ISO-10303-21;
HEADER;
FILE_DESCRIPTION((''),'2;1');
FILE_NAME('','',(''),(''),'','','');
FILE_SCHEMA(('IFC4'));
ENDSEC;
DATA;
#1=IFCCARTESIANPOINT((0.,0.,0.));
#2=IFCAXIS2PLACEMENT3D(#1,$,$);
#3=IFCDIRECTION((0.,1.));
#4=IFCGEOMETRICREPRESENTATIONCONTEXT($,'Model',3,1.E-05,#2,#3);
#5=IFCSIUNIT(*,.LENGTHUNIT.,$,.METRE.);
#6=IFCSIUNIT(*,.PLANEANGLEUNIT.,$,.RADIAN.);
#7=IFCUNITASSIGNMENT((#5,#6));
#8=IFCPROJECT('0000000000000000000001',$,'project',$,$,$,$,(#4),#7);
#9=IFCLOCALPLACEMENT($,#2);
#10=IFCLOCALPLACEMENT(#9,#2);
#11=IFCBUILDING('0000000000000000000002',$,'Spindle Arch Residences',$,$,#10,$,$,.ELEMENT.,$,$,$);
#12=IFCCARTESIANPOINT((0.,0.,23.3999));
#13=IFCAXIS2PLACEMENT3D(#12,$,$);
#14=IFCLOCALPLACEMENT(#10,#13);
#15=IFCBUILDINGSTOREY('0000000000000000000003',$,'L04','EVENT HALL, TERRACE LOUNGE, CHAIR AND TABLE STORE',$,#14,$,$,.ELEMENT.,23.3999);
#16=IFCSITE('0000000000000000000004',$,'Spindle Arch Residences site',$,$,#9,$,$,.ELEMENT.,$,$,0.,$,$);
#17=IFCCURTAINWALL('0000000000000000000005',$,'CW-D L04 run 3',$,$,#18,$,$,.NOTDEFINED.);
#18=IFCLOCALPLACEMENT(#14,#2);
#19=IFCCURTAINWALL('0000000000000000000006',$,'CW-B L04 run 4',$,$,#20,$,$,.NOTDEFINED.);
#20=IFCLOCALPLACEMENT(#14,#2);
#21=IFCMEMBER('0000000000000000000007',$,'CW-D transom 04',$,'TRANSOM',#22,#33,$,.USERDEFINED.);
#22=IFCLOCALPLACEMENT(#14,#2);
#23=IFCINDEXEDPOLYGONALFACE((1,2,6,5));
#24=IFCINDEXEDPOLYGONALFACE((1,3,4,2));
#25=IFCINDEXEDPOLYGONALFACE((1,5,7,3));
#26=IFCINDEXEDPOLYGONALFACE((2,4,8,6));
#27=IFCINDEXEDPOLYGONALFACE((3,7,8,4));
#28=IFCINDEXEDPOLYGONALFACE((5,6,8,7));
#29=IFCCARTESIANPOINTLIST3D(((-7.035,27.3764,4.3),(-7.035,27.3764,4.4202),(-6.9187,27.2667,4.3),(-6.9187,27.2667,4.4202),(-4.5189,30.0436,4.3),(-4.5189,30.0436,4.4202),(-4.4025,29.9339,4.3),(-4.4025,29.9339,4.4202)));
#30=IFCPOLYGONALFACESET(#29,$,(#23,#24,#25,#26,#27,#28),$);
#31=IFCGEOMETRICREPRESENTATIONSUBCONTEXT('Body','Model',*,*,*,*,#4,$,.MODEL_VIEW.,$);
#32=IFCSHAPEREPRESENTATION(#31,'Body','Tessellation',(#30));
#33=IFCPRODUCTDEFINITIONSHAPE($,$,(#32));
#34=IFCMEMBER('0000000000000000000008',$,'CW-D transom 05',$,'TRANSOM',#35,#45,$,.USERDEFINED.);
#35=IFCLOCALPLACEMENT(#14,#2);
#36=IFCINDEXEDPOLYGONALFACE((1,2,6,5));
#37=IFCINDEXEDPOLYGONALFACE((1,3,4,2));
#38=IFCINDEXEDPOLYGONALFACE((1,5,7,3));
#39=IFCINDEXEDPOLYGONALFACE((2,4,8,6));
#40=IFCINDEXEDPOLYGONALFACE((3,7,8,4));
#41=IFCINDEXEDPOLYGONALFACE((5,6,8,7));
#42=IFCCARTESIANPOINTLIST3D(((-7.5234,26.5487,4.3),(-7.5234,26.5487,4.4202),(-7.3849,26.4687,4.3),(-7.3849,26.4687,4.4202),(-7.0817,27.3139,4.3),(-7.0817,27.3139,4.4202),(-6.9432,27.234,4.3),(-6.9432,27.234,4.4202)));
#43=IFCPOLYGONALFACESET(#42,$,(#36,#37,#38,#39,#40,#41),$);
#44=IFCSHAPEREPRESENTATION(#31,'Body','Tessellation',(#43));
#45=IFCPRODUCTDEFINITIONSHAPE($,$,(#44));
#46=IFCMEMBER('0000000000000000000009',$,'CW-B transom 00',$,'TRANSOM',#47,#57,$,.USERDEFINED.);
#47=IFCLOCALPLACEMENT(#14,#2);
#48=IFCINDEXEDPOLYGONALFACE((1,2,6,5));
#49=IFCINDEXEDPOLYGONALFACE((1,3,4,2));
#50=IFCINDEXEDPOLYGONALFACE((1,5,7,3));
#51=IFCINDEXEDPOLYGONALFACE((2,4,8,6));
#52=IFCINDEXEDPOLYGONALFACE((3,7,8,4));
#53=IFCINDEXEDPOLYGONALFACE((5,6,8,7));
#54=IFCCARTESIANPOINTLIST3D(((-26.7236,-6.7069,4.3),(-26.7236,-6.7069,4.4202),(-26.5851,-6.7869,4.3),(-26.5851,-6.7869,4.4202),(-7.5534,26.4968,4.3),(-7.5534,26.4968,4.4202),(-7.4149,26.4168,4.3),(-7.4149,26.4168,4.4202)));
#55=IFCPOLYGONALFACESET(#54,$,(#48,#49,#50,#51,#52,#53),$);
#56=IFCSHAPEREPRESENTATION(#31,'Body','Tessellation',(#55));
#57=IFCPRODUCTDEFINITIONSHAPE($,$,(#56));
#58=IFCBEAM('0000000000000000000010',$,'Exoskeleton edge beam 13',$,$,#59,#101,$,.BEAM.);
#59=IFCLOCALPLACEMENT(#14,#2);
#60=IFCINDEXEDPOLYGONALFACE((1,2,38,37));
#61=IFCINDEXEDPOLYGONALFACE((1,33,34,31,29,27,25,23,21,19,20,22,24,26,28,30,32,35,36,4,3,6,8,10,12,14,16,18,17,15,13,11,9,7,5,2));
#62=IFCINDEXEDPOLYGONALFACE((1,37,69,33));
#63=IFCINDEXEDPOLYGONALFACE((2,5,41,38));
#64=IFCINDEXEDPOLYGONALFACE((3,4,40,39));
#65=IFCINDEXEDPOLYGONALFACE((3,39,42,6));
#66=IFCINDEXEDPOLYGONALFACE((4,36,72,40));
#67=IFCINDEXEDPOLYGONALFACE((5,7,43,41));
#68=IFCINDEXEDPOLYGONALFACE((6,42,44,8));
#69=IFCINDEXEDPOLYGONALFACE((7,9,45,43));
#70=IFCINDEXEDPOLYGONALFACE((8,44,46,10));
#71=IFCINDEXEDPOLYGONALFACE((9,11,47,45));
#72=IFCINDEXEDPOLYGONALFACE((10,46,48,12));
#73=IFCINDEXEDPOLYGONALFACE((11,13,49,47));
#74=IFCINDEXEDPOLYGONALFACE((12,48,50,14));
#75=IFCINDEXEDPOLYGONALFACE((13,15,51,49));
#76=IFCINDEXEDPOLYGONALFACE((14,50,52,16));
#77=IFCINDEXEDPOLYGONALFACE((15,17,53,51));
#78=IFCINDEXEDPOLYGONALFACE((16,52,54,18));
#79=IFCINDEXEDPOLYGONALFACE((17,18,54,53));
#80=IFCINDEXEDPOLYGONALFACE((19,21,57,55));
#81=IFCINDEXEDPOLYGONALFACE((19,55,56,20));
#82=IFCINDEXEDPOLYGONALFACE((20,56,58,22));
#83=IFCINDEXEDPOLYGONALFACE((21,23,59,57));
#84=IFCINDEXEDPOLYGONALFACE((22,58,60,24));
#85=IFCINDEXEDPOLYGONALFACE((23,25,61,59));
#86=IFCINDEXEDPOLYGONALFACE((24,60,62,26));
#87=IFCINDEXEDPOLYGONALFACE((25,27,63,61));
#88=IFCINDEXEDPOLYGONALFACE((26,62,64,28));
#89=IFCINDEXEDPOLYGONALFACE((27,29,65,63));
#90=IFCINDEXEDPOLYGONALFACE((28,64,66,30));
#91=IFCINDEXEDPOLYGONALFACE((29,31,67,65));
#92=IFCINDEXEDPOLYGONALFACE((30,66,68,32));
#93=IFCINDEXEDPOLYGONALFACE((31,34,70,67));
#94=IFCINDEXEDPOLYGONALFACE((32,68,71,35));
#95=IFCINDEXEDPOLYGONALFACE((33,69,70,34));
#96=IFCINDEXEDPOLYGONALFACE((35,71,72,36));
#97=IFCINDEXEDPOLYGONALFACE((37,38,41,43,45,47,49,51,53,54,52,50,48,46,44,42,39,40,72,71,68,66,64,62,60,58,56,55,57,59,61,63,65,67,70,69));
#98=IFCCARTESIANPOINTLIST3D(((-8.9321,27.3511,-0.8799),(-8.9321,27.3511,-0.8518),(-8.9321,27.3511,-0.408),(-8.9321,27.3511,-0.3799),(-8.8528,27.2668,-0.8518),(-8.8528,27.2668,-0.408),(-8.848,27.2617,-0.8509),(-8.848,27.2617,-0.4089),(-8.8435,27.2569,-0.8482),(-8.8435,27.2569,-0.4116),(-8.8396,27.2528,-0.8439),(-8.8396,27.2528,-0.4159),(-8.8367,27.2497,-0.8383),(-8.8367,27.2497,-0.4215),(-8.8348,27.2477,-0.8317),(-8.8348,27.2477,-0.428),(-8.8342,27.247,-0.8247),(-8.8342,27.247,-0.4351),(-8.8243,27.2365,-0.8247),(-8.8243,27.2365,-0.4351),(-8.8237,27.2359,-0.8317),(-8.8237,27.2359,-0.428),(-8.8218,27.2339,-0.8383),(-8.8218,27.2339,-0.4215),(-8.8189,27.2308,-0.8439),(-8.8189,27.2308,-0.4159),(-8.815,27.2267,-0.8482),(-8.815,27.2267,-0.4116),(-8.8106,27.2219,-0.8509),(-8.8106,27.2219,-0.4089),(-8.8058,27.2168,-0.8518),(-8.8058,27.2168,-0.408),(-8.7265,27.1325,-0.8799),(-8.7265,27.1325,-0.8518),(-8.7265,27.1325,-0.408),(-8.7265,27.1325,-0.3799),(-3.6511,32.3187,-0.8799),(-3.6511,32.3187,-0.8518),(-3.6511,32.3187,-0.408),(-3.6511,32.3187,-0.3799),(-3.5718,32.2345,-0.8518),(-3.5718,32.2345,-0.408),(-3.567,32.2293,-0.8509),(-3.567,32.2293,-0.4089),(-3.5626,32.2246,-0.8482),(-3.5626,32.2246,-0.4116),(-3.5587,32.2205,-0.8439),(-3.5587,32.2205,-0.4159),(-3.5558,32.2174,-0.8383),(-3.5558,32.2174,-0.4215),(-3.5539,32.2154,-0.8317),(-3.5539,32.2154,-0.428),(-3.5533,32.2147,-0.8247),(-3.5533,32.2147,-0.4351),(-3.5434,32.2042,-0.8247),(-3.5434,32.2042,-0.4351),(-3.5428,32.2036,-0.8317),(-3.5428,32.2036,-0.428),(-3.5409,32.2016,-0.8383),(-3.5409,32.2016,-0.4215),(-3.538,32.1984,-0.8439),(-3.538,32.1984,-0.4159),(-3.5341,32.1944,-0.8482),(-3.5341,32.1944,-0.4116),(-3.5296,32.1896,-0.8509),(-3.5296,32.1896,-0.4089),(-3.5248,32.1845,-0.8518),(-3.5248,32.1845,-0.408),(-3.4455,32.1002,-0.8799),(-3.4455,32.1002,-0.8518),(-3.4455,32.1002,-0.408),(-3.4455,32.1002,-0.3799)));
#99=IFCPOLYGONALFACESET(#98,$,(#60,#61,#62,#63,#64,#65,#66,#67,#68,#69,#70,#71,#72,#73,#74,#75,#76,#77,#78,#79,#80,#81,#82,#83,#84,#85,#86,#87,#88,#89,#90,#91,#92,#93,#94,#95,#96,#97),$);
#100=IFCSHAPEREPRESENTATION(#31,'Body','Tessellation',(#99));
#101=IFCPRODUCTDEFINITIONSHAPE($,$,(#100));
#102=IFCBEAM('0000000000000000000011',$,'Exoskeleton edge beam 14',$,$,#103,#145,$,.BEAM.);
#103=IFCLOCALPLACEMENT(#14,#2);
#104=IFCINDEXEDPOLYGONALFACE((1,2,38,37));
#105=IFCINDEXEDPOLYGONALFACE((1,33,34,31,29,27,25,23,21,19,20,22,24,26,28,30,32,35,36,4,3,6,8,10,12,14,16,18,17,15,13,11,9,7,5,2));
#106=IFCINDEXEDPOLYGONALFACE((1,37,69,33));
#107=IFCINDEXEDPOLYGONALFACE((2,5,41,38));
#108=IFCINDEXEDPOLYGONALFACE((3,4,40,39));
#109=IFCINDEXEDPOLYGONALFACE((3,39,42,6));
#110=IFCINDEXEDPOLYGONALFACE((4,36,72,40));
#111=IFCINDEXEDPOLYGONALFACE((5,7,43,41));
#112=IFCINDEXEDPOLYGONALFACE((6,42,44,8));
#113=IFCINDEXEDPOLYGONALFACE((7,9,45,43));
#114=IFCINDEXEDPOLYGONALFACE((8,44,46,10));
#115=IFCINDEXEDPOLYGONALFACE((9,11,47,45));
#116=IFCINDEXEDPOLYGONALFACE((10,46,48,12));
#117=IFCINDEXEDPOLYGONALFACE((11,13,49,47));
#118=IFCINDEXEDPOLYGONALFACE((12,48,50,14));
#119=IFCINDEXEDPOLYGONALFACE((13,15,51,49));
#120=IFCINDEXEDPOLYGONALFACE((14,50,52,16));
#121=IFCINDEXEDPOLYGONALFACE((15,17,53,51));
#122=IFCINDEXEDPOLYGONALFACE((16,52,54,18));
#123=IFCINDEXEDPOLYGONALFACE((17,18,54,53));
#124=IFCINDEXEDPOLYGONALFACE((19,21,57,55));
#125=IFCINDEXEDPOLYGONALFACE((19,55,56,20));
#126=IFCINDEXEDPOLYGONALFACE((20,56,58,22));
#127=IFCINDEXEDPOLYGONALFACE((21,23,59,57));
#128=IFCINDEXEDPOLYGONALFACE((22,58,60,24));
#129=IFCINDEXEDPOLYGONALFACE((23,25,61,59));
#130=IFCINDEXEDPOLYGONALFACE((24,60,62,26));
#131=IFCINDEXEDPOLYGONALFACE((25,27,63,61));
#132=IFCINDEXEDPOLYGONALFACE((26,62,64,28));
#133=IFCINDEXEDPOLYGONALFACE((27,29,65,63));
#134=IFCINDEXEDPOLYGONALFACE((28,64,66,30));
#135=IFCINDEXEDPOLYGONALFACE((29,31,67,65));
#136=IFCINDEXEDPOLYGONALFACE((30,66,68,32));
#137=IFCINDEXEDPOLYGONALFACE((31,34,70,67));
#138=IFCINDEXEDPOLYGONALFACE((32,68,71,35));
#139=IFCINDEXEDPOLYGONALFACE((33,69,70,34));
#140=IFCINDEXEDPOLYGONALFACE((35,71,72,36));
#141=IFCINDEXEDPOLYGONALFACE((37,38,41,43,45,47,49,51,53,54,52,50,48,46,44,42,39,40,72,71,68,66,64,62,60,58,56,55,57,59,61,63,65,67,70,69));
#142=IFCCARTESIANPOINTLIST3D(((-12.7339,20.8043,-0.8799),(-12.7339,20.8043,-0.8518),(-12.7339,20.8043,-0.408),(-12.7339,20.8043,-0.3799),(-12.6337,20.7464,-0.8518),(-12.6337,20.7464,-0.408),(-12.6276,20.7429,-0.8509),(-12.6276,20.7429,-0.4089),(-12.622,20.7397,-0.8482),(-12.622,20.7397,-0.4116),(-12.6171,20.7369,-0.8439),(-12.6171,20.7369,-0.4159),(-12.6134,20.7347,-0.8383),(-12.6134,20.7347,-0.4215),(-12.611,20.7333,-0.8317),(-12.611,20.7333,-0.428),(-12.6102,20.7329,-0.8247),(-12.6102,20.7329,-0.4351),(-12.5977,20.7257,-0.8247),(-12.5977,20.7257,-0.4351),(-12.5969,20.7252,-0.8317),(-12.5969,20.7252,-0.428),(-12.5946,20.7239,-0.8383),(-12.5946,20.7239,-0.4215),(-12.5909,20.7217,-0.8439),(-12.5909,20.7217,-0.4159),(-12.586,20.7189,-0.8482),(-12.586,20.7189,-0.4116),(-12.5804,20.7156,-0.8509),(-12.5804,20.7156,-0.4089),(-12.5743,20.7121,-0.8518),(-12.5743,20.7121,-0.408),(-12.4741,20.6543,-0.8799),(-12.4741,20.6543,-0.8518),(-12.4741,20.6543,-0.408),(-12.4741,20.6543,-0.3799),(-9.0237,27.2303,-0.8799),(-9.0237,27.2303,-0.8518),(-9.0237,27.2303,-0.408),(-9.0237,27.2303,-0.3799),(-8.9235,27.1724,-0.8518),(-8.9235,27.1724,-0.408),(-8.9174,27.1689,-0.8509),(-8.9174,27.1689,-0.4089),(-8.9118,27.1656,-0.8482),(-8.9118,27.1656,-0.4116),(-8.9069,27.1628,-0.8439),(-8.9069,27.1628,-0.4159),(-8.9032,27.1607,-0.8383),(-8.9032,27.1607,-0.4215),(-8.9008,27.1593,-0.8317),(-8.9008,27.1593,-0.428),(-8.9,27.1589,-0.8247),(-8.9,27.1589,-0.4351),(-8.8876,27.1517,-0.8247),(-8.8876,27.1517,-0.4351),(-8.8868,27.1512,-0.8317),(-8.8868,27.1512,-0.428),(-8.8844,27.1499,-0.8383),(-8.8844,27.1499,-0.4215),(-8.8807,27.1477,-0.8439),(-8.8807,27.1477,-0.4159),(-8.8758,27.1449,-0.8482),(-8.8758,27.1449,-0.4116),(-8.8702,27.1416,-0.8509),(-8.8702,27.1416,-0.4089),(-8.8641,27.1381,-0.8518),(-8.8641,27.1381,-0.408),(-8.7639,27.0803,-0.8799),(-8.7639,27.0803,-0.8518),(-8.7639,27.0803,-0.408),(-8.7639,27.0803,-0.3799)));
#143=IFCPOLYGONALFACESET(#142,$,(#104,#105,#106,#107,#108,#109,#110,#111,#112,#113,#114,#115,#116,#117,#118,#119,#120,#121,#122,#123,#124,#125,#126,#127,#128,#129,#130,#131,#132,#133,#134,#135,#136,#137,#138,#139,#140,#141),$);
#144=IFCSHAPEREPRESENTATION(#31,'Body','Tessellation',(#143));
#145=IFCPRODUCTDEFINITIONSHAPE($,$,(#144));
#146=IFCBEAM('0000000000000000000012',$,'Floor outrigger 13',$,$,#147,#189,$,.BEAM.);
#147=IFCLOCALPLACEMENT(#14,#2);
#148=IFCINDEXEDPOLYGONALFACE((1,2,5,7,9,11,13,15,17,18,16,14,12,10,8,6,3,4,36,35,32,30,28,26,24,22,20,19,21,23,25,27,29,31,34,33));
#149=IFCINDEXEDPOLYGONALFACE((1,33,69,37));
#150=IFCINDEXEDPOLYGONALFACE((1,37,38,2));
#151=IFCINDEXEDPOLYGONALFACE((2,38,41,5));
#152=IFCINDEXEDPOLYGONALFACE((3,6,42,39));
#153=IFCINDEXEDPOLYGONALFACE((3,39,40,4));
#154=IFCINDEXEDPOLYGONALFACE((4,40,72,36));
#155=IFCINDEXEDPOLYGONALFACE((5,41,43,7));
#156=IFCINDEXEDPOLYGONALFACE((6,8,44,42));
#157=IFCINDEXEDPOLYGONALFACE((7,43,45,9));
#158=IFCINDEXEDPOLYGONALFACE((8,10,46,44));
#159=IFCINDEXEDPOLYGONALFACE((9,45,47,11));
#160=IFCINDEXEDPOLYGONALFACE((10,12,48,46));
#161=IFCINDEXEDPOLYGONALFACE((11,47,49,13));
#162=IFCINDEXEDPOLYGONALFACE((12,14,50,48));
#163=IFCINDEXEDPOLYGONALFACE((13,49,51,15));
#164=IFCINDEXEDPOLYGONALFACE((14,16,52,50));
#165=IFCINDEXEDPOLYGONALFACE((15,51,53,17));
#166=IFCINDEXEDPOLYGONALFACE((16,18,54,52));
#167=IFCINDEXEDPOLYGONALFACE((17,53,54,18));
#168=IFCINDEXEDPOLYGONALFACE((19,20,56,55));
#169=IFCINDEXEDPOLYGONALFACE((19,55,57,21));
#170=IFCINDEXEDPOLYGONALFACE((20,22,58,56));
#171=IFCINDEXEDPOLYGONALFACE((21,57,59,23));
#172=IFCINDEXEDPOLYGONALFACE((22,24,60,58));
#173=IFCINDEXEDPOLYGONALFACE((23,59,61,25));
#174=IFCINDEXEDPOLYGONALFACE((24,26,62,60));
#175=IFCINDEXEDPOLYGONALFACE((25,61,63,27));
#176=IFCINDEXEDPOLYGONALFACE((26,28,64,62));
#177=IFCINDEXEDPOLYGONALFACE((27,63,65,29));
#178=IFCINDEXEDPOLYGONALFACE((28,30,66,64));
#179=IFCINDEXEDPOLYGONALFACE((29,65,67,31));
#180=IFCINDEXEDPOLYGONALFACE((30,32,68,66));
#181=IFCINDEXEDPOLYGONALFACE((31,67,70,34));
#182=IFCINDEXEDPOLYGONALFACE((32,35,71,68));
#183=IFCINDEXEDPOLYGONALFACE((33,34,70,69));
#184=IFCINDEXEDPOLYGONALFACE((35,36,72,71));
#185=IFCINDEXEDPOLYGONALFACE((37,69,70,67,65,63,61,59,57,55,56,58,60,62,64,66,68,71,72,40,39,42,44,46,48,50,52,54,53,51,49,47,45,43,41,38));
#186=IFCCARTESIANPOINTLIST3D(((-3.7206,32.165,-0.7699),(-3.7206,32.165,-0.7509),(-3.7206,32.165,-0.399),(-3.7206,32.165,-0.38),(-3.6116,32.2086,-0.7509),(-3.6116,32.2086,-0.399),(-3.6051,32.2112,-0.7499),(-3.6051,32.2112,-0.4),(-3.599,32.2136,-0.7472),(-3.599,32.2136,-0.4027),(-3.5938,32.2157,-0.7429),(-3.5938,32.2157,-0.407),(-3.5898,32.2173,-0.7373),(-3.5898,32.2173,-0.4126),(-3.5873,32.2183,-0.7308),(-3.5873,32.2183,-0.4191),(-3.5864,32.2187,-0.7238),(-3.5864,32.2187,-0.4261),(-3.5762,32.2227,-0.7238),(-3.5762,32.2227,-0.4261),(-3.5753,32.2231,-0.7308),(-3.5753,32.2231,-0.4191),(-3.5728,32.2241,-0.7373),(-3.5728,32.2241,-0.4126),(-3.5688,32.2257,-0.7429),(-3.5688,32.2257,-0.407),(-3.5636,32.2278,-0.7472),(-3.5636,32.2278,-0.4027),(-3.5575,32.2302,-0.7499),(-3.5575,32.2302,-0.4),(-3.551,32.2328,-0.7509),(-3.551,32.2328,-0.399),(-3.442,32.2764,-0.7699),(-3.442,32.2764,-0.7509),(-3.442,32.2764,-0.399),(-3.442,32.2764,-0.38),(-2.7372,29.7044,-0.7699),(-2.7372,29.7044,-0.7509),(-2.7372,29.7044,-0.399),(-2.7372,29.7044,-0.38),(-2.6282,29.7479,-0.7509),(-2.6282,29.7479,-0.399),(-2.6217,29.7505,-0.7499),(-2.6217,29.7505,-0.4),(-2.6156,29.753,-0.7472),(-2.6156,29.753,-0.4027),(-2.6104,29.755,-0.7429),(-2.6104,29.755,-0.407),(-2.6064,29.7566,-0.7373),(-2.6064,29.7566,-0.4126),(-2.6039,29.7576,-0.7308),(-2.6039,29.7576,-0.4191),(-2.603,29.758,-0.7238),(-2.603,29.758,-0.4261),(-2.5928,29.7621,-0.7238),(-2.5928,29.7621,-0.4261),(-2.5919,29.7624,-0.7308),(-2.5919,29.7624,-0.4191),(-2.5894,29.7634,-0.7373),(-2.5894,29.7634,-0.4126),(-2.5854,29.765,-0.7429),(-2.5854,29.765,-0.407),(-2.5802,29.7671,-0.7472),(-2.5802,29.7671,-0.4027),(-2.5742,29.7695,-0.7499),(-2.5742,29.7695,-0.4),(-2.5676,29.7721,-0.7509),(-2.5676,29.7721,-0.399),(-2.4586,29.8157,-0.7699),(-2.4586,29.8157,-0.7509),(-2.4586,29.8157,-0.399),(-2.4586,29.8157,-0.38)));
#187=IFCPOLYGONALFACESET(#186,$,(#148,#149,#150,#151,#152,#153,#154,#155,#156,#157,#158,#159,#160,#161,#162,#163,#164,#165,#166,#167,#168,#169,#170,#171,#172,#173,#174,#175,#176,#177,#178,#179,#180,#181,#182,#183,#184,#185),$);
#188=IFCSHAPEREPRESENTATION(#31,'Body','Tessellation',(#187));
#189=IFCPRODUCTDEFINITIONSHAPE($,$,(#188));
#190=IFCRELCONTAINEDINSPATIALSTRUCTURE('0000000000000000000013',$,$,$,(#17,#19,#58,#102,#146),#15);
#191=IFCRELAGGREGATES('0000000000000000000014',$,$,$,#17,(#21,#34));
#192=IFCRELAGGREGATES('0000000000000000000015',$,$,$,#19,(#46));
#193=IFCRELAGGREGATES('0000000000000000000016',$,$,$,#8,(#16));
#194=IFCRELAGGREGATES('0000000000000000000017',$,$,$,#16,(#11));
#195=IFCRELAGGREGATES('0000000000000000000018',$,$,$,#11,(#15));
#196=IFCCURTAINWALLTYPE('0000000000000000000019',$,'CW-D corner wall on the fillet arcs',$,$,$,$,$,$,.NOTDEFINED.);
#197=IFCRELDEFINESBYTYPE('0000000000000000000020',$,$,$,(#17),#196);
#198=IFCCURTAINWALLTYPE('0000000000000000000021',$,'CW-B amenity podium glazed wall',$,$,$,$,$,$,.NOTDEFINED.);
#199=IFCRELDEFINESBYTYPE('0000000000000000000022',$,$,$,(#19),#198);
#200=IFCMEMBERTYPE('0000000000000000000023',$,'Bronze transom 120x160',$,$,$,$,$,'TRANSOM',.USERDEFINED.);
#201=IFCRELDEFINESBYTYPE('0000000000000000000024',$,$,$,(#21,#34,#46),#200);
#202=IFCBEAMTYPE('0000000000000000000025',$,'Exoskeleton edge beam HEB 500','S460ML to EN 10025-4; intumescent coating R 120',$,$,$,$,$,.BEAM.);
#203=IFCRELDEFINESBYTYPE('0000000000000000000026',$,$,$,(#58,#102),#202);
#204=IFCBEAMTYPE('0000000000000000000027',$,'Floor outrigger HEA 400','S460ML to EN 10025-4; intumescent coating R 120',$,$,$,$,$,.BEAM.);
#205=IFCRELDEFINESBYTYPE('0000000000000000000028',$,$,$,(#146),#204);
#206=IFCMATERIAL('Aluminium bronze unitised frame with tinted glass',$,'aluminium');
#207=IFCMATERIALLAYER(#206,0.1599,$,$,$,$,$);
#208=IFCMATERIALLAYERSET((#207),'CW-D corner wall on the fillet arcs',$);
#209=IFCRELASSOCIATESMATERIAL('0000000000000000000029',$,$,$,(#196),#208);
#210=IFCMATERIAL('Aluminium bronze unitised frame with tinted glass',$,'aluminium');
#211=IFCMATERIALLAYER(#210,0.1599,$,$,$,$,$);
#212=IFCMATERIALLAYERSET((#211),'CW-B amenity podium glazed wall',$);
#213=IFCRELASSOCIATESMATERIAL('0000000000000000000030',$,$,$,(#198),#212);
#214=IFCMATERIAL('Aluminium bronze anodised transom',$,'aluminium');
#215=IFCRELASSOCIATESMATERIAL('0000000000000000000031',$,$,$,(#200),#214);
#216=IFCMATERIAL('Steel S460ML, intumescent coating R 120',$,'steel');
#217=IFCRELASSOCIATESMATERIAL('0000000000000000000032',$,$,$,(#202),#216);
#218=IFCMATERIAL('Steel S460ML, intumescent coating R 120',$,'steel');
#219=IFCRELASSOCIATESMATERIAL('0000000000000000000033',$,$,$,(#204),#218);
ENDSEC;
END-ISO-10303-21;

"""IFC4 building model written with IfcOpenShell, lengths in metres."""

from ifc_helpers import new_model, si_unit, direction, frame, origin, origin_2d, place, context, subcontext, project, spatial, rectangle, i_section, extrude, material, layer, layer_set, material_profile, profile_set, type_object, element, aggregate, save


model = new_model("IFC4")

# Units and contexts
model_context = context("Model", 3, precision=1e-05, world=origin(), true_north=direction((0.0, 1.0)))
body_context = subcontext(model_context, "Body", "Model", "MODEL_VIEW")
ifc_project = project(units=[si_unit("LENGTHUNIT", "METRE"), si_unit("PLANEANGLEUNIT", "RADIAN")], contexts=[model_context])

# Site, building, storey
site_placement = place(None, origin())
site = spatial("IfcSite", under=ifc_project, at=site_placement, Name="Spindle Arch Residences site", CompositionType="ELEMENT", RefElevation=0.0)
building_placement = place(site_placement, origin())
building = spatial("IfcBuilding", under=site, at=building_placement, Name="Spindle Arch Residences", CompositionType="ELEMENT")
storey_placement = place(building_placement, frame((0.0, 0.0, 23.3999)))
storey = spatial("IfcBuildingStorey", under=building, at=storey_placement, Name="L04", Description="EVENT HALL, TERRACE LOUNGE, CHAIR AND TABLE STORE", CompositionType="ELEMENT", Elevation=23.3999)

# Curtain wall
ifc_material_1 = material(Name="Aluminium bronze unitised frame with tinted glass", Category="aluminium")
ifc_layer_1 = layer(ifc_material_1, 0.1599)
ifc_layer_set_1 = layer_set([ifc_layer_1], Name="CW-D corner wall on the fillet arcs")
curtain_wall_type_1 = type_object("IfcCurtainWallType", Name="CW-D corner wall on the fillet arcs", PredefinedType="NOTDEFINED", material=ifc_layer_set_1)
curtain_wall_1_placement = place(storey_placement, origin())
curtain_wall_1 = element("IfcCurtainWall", 1, at=curtain_wall_1_placement, inside=storey, type_object=curtain_wall_type_1, Name="CW-D L04 run 3", PredefinedType="NOTDEFINED")

# Curtain wall
ifc_material_2 = material(Name="Aluminium bronze unitised frame with tinted glass", Category="aluminium")
ifc_layer_2 = layer(ifc_material_2, 0.1599)
ifc_layer_set_2 = layer_set([ifc_layer_2], Name="CW-B amenity podium glazed wall")
curtain_wall_type_2 = type_object("IfcCurtainWallType", Name="CW-B amenity podium glazed wall", PredefinedType="NOTDEFINED", material=ifc_layer_set_2)
curtain_wall_2_placement = place(storey_placement, origin())
curtain_wall_2 = element("IfcCurtainWall", 2, at=curtain_wall_2_placement, inside=storey, type_object=curtain_wall_type_2, Name="CW-B L04 run 4", PredefinedType="NOTDEFINED")

# Members
ifc_material_3 = material(Name="Aluminium bronze anodised transom", Category="aluminium")
ifc_material_profile_1 = material_profile(ifc_material_3, rectangle(XDim=0.1599, YDim=0.1201, at=origin_2d()), Name="TR 120x160")
ifc_profile_set_1 = profile_set([ifc_material_profile_1], Name="Aluminium bronze anodised transom")
member_type_1 = type_object("IfcMemberType", Name="Bronze transom 120x160", ElementType="TRANSOM", PredefinedType="USERDEFINED", material=ifc_profile_set_1)
member_1_placement = place(storey_placement, frame((-4.4607, 29.9888, 4.3601), z_axis=(-0.686199, -0.727414, 0.0), x_axis=(0.727414, -0.686199, 0.0)))
member_1 = element("IfcMember", 3, at=member_1_placement, type_object=member_type_1, Name="CW-D transom 04", ObjectType="TRANSOM", PredefinedType="USERDEFINED", context=body_context, shape_type="SweptSolid", body=[
    extrude(rectangle(XDim=0.1599, YDim=0.1201, at=origin_2d()), origin(), (0.0, 0.0, 1.0), 3.6667),
])
member_2_placement = place(storey_placement, frame((-7.0125, 27.2739, 4.3601), z_axis=(-0.499914, -0.866075, 0.0), x_axis=(0.866075, -0.499914, 0.0)))
member_2 = element("IfcMember", 4, at=member_2_placement, type_object=member_type_1, Name="CW-D transom 05", ObjectType="TRANSOM", PredefinedType="USERDEFINED", context=body_context, shape_type="SweptSolid", body=[
    extrude(rectangle(XDim=0.1599, YDim=0.1201, at=origin_2d()), origin(), (0.0, 0.0, 1.0), 0.8835),
])
member_3_placement = place(storey_placement, frame((-7.4841, 26.4568, 4.3601), z_axis=(-0.500001, -0.866025, 0.0), x_axis=(0.866025, -0.500001, 0.0)))
member_3 = element("IfcMember", 5, at=member_3_placement, type_object=member_type_1, Name="CW-B transom 00", ObjectType="TRANSOM", PredefinedType="USERDEFINED", context=body_context, shape_type="SweptSolid", body=[
    extrude(rectangle(XDim=0.1599, YDim=0.1201, at=origin_2d()), origin(), (0.0, 0.0, 1.0), 38.3403),
])

# Beams
ifc_material_4 = material(Name="Steel S460ML, intumescent coating R 120", Category="steel")
ifc_material_profile_2 = material_profile(ifc_material_4, i_section(OverallWidth=0.3, OverallDepth=0.5, WebThickness=0.0144, FlangeThickness=0.0281, FilletRadius=0.0271, at=origin_2d()), Name="HEB 500")
ifc_profile_set_2 = profile_set([ifc_material_profile_2], Name="Steel S460ML, intumescent coating R 120")
beam_type_1 = type_object("IfcBeamType", Name="Exoskeleton edge beam HEB 500", Description="S460ML to EN 10025-4; intumescent coating R 120", PredefinedType="BEAM", material=ifc_profile_set_2)
beam_1_placement = place(storey_placement, frame((-3.5483, 32.2095, -0.6299), z_axis=(-0.728378, -0.685176, 0.0), x_axis=(0.685176, -0.728378, 0.0)))
element("IfcBeam", 6, at=beam_1_placement, inside=storey, type_object=beam_type_1, Name="Exoskeleton edge beam 13", PredefinedType="BEAM", context=body_context, shape_type="SweptSolid", body=[
    extrude(i_section(OverallWidth=0.3, OverallDepth=0.5, WebThickness=0.0144, FlangeThickness=0.0281, FilletRadius=0.0271, at=origin_2d()), origin(), (0.0, 0.0, 1.0), 7.2502),
])
beam_2_placement = place(storey_placement, frame((-8.8938, 27.1553, -0.6299), z_axis=(-0.500014, -0.866017, 0.0), x_axis=(0.866017, -0.500014, 0.0)))
element("IfcBeam", 7, at=beam_2_placement, inside=storey, type_object=beam_type_1, Name="Exoskeleton edge beam 14", PredefinedType="BEAM", context=body_context, shape_type="SweptSolid", body=[
    extrude(i_section(OverallWidth=0.3, OverallDepth=0.5, WebThickness=0.0144, FlangeThickness=0.0281, FilletRadius=0.0271, at=origin_2d()), origin(), (0.0, 0.0, 1.0), 7.4202),
])
ifc_material_5 = material(Name="Steel S460ML, intumescent coating R 120", Category="steel")
ifc_material_profile_3 = material_profile(ifc_material_5, i_section(OverallWidth=0.3, OverallDepth=0.3899, WebThickness=0.011, FlangeThickness=0.019, FilletRadius=0.0271, at=origin_2d()), Name="HEA 400")
ifc_profile_set_3 = profile_set([ifc_material_profile_3], Name="Steel S460ML, intumescent coating R 120")
beam_type_2 = type_object("IfcBeamType", Name="Floor outrigger HEA 400", Description="S460ML to EN 10025-4; intumescent coating R 120", PredefinedType="BEAM", material=ifc_profile_set_3)
beam_3_placement = place(storey_placement, frame((-3.5813, 32.2207, -0.575), z_axis=(0.371105, -0.928591, 0.0), x_axis=(0.928591, 0.371105, 0.0)))
element("IfcBeam", 8, at=beam_3_placement, inside=storey, type_object=beam_type_2, Name="Floor outrigger 13", PredefinedType="BEAM", context=body_context, shape_type="SweptSolid", body=[
    extrude(i_section(OverallWidth=0.3, OverallDepth=0.3899, WebThickness=0.011, FlangeThickness=0.019, FilletRadius=0.0271, at=origin_2d()), origin(), (0.0, 0.0, 1.0), 2.6499),
])

aggregate(curtain_wall_1, [member_1, member_2])
aggregate(curtain_wall_2, [member_3])

save(model, "model.ifc")
